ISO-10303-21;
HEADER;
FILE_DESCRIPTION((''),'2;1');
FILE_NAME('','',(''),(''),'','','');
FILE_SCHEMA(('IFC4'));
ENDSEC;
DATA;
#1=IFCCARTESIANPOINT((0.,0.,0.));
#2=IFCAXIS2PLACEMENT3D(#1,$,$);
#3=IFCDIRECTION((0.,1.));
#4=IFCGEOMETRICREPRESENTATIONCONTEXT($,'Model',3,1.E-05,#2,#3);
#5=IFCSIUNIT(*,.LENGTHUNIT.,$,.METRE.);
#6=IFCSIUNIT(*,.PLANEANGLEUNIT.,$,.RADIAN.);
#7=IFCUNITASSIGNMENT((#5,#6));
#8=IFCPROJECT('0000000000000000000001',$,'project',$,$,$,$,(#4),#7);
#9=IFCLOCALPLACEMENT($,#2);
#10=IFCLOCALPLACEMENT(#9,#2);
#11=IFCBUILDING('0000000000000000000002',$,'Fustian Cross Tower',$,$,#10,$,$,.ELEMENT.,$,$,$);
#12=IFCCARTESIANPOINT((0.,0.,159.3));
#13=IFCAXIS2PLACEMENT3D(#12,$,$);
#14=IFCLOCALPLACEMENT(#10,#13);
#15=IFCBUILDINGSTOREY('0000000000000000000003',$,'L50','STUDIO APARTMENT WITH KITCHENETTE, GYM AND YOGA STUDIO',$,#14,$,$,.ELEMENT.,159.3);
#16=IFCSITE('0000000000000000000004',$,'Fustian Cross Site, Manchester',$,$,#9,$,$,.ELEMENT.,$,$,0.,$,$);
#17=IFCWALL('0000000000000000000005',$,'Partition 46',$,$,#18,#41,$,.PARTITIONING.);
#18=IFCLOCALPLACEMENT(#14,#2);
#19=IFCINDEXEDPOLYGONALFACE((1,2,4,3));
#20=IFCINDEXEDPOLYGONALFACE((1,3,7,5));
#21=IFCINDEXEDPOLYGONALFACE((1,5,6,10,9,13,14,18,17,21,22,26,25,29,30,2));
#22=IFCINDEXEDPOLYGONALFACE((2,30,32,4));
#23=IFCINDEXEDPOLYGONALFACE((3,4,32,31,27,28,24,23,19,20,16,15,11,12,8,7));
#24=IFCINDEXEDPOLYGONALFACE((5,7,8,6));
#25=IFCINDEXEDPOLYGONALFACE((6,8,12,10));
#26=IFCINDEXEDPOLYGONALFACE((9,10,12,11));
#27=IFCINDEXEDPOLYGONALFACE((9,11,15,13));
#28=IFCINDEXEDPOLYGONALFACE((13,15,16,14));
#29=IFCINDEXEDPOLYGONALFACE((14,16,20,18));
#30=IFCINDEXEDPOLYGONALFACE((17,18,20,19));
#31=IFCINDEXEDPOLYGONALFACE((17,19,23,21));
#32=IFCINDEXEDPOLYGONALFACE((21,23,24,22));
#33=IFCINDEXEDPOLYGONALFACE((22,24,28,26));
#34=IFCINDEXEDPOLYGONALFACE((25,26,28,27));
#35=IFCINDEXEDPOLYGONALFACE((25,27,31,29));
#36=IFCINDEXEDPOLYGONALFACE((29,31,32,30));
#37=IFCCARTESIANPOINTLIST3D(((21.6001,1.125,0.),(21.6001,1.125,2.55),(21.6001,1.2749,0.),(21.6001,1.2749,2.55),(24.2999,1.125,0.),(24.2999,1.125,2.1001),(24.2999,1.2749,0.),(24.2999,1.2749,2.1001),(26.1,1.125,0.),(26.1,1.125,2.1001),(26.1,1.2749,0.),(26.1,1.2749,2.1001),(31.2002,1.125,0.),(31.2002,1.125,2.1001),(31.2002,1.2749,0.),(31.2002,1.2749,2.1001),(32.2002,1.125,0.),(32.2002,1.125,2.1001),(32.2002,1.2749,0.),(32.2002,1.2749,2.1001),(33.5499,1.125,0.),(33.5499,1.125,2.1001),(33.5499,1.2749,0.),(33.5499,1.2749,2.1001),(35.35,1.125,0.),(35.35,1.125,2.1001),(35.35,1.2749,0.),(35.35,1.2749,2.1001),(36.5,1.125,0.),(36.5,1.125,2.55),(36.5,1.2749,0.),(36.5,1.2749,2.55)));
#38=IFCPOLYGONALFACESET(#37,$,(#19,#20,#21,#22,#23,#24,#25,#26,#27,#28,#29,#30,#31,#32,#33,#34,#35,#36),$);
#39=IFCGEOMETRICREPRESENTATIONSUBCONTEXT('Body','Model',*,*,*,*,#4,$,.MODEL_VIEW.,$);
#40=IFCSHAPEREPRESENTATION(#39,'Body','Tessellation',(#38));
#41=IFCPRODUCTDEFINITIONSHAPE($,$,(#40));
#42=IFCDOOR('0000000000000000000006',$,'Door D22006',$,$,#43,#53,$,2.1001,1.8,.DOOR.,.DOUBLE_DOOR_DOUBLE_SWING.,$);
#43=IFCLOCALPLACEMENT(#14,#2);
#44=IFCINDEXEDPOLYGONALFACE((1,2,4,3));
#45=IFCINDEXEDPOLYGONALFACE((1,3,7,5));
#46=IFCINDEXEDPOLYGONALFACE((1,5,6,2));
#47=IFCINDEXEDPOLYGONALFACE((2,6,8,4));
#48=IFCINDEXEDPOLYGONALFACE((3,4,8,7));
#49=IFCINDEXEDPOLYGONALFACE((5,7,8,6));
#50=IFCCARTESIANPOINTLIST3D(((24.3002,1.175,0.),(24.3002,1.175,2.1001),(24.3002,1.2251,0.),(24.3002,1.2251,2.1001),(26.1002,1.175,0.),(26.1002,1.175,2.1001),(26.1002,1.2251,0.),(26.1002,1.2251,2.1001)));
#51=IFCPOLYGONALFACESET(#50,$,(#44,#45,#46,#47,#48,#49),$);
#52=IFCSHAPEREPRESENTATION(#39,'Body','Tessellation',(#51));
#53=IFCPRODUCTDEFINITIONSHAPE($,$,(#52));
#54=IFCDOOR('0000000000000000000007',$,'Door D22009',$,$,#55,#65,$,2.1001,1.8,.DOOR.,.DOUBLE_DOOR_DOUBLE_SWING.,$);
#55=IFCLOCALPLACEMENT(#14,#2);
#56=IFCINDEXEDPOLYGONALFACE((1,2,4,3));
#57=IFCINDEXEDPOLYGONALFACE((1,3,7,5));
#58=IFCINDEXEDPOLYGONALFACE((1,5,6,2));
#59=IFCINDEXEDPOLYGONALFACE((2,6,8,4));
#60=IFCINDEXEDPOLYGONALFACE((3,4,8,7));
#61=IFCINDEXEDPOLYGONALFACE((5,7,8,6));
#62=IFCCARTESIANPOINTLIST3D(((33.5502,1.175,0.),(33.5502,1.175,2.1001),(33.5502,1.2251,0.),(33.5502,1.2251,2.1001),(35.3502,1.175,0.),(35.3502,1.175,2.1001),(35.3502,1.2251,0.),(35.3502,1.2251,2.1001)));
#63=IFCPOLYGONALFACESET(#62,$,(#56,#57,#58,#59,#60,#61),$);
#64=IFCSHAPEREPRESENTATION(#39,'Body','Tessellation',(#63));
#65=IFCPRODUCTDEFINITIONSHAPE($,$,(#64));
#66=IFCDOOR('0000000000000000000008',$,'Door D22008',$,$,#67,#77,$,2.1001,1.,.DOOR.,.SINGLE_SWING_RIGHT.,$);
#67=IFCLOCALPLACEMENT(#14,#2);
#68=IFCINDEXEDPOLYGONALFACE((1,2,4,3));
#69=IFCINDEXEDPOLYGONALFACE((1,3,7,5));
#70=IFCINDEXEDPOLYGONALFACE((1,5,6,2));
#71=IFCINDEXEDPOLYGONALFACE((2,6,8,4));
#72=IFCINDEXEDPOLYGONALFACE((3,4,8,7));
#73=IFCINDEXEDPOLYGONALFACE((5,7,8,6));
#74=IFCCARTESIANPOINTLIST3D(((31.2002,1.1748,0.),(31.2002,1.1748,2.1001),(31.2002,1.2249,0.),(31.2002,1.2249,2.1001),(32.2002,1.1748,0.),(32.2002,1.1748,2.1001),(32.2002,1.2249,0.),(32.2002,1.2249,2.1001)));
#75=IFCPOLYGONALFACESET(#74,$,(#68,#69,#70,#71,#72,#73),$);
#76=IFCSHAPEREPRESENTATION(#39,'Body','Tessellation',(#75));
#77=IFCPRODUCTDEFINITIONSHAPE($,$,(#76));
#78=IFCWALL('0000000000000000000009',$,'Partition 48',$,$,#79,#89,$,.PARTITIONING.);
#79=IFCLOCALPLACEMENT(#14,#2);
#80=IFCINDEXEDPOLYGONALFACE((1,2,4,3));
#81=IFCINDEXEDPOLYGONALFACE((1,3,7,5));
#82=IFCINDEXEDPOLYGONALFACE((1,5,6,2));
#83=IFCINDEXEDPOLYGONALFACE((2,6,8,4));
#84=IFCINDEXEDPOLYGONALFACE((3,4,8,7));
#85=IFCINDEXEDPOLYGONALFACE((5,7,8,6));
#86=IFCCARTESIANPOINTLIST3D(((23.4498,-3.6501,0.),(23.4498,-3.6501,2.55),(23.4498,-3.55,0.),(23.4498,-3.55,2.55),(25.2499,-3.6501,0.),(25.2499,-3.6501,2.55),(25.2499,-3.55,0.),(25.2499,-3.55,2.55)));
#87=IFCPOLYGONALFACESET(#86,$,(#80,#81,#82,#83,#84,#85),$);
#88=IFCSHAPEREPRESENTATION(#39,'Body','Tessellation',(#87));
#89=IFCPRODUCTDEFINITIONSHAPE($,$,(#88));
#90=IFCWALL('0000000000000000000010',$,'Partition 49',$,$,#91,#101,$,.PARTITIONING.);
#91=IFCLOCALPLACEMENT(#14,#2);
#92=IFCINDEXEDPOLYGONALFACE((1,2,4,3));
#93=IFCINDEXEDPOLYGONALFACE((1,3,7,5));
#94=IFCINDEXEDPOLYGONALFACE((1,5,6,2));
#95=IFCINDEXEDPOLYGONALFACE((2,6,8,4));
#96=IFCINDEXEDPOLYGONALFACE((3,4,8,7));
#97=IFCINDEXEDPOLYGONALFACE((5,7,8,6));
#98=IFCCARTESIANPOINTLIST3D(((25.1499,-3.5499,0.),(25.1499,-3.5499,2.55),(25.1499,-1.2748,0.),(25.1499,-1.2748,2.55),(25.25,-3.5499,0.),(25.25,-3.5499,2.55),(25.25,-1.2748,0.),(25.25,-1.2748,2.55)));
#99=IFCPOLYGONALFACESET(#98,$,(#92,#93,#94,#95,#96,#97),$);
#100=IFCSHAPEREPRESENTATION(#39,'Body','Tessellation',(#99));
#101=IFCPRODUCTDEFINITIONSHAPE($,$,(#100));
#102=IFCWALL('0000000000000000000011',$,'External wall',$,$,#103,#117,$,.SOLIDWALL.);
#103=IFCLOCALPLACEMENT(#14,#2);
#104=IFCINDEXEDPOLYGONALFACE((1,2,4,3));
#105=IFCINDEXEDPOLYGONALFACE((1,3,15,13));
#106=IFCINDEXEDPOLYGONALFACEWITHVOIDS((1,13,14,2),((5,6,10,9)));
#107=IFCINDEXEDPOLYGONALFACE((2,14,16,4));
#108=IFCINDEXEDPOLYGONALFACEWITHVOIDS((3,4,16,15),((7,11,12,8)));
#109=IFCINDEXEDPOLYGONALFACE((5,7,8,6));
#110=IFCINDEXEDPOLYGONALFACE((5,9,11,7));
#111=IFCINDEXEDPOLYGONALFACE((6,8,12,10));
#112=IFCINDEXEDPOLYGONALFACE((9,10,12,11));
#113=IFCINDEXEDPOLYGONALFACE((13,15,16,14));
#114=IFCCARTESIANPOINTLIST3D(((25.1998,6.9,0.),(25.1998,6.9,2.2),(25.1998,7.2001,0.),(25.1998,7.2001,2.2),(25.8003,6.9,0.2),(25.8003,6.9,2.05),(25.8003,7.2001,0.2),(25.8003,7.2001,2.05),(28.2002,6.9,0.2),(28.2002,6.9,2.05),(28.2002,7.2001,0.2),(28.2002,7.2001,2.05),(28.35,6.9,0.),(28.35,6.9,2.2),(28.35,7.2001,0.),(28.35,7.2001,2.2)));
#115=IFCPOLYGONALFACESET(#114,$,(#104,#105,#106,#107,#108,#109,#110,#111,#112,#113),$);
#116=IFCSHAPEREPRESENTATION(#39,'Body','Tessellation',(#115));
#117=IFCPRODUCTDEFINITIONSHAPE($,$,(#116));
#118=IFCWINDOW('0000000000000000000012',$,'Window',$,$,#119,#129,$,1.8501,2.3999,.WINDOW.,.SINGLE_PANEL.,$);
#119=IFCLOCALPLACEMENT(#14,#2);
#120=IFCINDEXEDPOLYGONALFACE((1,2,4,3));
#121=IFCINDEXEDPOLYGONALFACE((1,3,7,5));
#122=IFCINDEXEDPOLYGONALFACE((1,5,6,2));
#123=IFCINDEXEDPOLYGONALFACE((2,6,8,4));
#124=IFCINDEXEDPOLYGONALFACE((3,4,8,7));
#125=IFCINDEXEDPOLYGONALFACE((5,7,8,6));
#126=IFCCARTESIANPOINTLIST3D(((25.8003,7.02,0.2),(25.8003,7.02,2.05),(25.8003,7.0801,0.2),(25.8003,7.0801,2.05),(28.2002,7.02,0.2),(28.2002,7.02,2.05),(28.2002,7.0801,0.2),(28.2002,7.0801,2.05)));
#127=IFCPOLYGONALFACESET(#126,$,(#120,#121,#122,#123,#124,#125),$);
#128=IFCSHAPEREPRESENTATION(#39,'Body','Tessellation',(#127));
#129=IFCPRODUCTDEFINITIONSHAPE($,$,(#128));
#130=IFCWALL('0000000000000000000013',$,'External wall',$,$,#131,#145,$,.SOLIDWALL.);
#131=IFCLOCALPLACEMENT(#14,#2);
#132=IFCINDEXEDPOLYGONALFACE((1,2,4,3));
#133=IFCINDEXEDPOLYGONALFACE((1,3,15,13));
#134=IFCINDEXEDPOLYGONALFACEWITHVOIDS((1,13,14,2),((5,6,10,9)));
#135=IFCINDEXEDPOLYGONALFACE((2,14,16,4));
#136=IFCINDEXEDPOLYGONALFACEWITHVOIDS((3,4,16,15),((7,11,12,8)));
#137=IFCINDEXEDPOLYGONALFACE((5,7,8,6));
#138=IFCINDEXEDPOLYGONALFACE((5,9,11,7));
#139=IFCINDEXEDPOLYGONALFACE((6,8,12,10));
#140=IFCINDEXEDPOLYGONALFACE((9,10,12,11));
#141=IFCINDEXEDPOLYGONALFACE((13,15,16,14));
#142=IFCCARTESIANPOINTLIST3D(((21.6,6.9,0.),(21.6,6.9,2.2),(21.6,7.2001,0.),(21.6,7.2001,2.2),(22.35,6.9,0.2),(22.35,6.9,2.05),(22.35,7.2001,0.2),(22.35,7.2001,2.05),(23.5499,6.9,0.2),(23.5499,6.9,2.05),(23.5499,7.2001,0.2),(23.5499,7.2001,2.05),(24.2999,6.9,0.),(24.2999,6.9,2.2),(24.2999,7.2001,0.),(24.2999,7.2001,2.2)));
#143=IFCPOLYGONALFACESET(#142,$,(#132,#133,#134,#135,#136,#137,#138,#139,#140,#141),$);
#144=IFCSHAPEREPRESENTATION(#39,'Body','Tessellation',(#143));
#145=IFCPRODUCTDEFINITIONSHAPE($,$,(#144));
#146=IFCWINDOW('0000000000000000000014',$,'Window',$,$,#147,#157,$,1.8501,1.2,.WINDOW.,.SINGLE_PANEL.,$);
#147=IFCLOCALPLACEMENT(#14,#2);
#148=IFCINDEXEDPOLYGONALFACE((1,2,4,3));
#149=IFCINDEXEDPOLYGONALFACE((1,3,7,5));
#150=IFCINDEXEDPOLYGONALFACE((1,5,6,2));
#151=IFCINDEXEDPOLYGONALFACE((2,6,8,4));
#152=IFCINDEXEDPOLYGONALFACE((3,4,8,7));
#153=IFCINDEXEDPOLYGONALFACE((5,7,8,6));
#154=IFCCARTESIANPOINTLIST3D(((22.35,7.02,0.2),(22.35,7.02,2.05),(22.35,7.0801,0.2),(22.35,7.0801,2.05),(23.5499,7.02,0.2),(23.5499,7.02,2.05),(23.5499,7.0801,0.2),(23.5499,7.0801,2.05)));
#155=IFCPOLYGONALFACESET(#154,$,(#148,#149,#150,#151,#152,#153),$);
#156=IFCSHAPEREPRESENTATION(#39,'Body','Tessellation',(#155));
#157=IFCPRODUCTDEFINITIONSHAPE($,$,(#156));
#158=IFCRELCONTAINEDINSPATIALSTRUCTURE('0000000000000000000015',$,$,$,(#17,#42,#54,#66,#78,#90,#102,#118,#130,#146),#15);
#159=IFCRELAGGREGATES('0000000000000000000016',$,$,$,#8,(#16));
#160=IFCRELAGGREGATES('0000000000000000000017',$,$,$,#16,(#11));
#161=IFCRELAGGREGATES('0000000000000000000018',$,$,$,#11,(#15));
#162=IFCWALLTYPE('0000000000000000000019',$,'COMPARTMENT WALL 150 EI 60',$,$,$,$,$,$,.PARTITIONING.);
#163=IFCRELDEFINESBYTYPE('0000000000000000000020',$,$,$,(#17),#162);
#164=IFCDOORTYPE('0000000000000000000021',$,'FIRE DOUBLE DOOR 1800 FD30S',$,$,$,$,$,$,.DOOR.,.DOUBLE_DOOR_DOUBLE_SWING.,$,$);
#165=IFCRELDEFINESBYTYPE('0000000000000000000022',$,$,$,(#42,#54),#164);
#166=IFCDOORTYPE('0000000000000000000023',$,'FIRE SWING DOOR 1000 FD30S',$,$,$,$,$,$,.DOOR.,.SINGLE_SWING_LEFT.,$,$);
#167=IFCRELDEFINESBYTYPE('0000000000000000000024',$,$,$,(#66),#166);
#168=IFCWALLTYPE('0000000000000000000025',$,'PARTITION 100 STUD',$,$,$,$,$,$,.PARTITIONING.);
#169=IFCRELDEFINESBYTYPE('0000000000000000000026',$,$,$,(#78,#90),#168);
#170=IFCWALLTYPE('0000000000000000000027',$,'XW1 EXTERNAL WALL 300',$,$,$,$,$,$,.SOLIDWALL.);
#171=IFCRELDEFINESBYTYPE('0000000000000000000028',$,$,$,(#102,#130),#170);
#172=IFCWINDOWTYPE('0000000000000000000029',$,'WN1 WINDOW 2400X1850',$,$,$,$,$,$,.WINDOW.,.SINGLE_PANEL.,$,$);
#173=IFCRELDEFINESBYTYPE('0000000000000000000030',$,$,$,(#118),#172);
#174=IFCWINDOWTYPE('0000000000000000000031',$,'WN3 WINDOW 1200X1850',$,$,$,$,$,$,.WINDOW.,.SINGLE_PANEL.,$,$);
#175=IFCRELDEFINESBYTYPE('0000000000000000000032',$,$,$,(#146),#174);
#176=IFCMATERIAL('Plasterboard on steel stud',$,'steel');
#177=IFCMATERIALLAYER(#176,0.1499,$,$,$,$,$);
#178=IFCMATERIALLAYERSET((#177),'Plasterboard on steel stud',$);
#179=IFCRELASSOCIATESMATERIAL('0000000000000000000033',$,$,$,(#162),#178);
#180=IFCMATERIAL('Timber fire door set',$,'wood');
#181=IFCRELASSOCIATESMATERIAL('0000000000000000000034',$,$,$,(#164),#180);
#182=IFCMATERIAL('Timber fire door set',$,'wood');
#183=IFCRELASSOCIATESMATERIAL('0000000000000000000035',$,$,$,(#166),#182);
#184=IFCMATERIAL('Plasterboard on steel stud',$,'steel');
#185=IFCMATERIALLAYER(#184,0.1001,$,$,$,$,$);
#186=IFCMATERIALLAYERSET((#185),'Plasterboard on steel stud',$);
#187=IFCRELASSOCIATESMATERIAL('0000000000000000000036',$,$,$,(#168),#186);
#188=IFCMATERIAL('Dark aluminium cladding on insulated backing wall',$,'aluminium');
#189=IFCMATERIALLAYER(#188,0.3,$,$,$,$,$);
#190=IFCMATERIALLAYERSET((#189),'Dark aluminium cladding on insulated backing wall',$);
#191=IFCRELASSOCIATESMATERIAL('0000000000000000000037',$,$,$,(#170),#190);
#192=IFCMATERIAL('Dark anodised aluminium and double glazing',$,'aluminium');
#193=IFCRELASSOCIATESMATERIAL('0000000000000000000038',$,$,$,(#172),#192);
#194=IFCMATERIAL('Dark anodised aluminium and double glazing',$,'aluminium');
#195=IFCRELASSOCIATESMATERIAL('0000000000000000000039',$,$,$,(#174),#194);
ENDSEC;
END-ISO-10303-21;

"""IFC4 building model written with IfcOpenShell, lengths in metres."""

from ifc_helpers import new_model, si_unit, direction, frame, frame_2d, origin, place, context, subcontext, project, spatial, rectangle, extrude, material, layer, layer_set, type_object, element, fill, save


model = new_model("IFC4")

# Units and contexts
model_context = context("Model", 3, precision=1e-05, world=origin(), true_north=direction((0.0, 1.0)))
body_context = subcontext(model_context, "Body", "Model", "MODEL_VIEW")
ifc_project = project(units=[si_unit("LENGTHUNIT", "METRE"), si_unit("PLANEANGLEUNIT", "RADIAN")], contexts=[model_context])

# Site, building, storey
site_placement = place(None, origin())
site = spatial("IfcSite", under=ifc_project, at=site_placement, Name="Fustian Cross Site, Manchester", CompositionType="ELEMENT", RefElevation=0.0)
building_placement = place(site_placement, origin())
building = spatial("IfcBuilding", under=site, at=building_placement, Name="Fustian Cross Tower", CompositionType="ELEMENT")
storey_placement = place(building_placement, frame((0.0, 0.0, 159.3)))
storey = spatial("IfcBuildingStorey", under=building, at=storey_placement, Name="L50", Description="STUDIO APARTMENT WITH KITCHENETTE, GYM AND YOGA STUDIO", CompositionType="ELEMENT", Elevation=159.3)

# Wall, openings, doors
ifc_material_1 = material(Name="Plasterboard on steel stud", Category="steel")
ifc_layer_1 = layer(ifc_material_1, 0.1499)
ifc_layer_set_1 = layer_set([ifc_layer_1], Name="Plasterboard on steel stud")
wall_type_1 = type_object("IfcWallType", Name="COMPARTMENT WALL 150 EI 60", PredefinedType="PARTITIONING", material=ifc_layer_set_1)
ifc_material_2 = material(Name="Timber fire door set", Category="wood")
door_type_1 = type_object("IfcDoorType", Name="FIRE DOUBLE DOOR 1800 FD30S", OperationType="DOUBLE_DOOR_DOUBLE_SWING", PredefinedType="DOOR", material=ifc_material_2)
ifc_material_3 = material(Name="Timber fire door set", Category="wood")
door_type_2 = type_object("IfcDoorType", Name="FIRE SWING DOOR 1000 FD30S", OperationType="SINGLE_SWING_LEFT", PredefinedType="DOOR", material=ifc_material_3)
wall_1_placement = place(storey_placement, frame((21.6001, 1.2, 0.0), z_axis=(0.0, 0.0, 1.0), x_axis=(1.0, 0.0, 0.0)))
wall_1 = element("IfcWall", 1, at=wall_1_placement, inside=storey, type_object=wall_type_1, Name="Partition 46", PredefinedType="PARTITIONING", context=body_context, shape_type="SweptSolid", body=[
    extrude(rectangle(XDim=14.8999, YDim=0.1499, at=frame_2d((7.45, 0.0))), origin(), (0.0, 0.0, 1.0), 2.55),
])
opening_1_placement = place(wall_1_placement, frame((2.7, 0.0, 0.0)))
opening_1 = element("IfcOpeningElement", 2, at=opening_1_placement, cuts=wall_1, PredefinedType="OPENING", context=body_context, shape_type="SweptSolid", body=[
    extrude(rectangle(XDim=1.8, YDim=2.1001, at=frame_2d((0.8999, 1.05))), frame((0.0, 0.085, 0.0), z_axis=(0.0, -1.0, 0.0), x_axis=(1.0, 0.0, 0.0)), (0.0, 0.0, 1.0), 0.1699),
])
opening_2_placement = place(wall_1_placement, frame((9.6001, 0.0, 0.0)))
opening_2 = element("IfcOpeningElement", 3, at=opening_2_placement, cuts=wall_1, PredefinedType="OPENING", context=body_context, shape_type="SweptSolid", body=[
    extrude(rectangle(XDim=1.0, YDim=2.1001, at=frame_2d((0.5, 1.05))), frame((0.0, 0.085, 0.0), z_axis=(0.0, -1.0, 0.0), x_axis=(1.0, 0.0, 0.0)), (0.0, 0.0, 1.0), 0.1699),
])
opening_3_placement = place(wall_1_placement, frame((11.95, 0.0, 0.0)))
opening_3 = element("IfcOpeningElement", 4, at=opening_3_placement, cuts=wall_1, PredefinedType="OPENING", context=body_context, shape_type="SweptSolid", body=[
    extrude(rectangle(XDim=1.8, YDim=2.1001, at=frame_2d((0.8999, 1.05))), frame((0.0, 0.085, 0.0), z_axis=(0.0, -1.0, 0.0), x_axis=(1.0, 0.0, 0.0)), (0.0, 0.0, 1.0), 0.1699),
])
door_1_placement = place(opening_1_placement, frame((1.8, 0.0, 0.0), z_axis=(0.0, 0.0, 1.0), x_axis=(-1.0, 0.0, 0.0)))
door_1 = element("IfcDoor", 5, at=door_1_placement, inside=storey, type_object=door_type_1, Name="Door D22006", OperationType="DOUBLE_DOOR_DOUBLE_SWING", OverallHeight=2.1001, OverallWidth=1.8, PredefinedType="DOOR", context=body_context, shape_type="SweptSolid", body=[
    extrude(rectangle(XDim=1.8, YDim=2.1001, at=frame_2d((0.8999, 1.05))), frame((0.0, 0.0249, 0.0), z_axis=(0.0, -1.0, 0.0), x_axis=(1.0, 0.0, 0.0)), (0.0, 0.0, 1.0), 0.05),
])
fill(opening_1, door_1)
door_2_placement = place(opening_3_placement, frame((1.8, 0.0, 0.0), z_axis=(0.0, 0.0, 1.0), x_axis=(-1.0, 0.0, 0.0)))
door_2 = element("IfcDoor", 6, at=door_2_placement, inside=storey, type_object=door_type_1, Name="Door D22009", OperationType="DOUBLE_DOOR_DOUBLE_SWING", OverallHeight=2.1001, OverallWidth=1.8, PredefinedType="DOOR", context=body_context, shape_type="SweptSolid", body=[
    extrude(rectangle(XDim=1.8, YDim=2.1001, at=frame_2d((0.8999, 1.05))), frame((0.0, 0.0249, 0.0), z_axis=(0.0, -1.0, 0.0), x_axis=(1.0, 0.0, 0.0)), (0.0, 0.0, 1.0), 0.05),
])
fill(opening_3, door_2)
door_3_placement = place(opening_2_placement, origin())
door_3 = element("IfcDoor", 7, at=door_3_placement, inside=storey, type_object=door_type_2, Name="Door D22008", OperationType="SINGLE_SWING_RIGHT", OverallHeight=2.1001, OverallWidth=1.0, PredefinedType="DOOR", context=body_context, shape_type="SweptSolid", body=[
    extrude(rectangle(XDim=1.0, YDim=2.1001, at=frame_2d((0.5, 1.05))), frame((0.0, 0.0249, 0.0), z_axis=(0.0, -1.0, 0.0), x_axis=(1.0, 0.0, 0.0)), (0.0, 0.0, 1.0), 0.05),
])
fill(opening_2, door_3)

# Walls
ifc_material_4 = material(Name="Plasterboard on steel stud", Category="steel")
ifc_layer_2 = layer(ifc_material_4, 0.1001)
ifc_layer_set_2 = layer_set([ifc_layer_2], Name="Plasterboard on steel stud")
wall_type_2 = type_object("IfcWallType", Name="PARTITION 100 STUD", PredefinedType="PARTITIONING", material=ifc_layer_set_2)
wall_2_placement = place(storey_placement, frame((23.45, -3.6001, 0.0), z_axis=(0.0, 0.0, 1.0), x_axis=(1.0, 0.0, 0.0)))
element("IfcWall", 8, at=wall_2_placement, inside=storey, type_object=wall_type_2, Name="Partition 48", PredefinedType="PARTITIONING", context=body_context, shape_type="SweptSolid", body=[
    extrude(rectangle(XDim=1.8, YDim=0.1001, at=frame_2d((0.8999, 0.0))), origin(), (0.0, 0.0, 1.0), 2.55),
])
wall_3_placement = place(storey_placement, frame((25.2, -3.55, 0.0), z_axis=(0.0, 0.0, 1.0), x_axis=(0.0, 1.0, 0.0)))
element("IfcWall", 9, at=wall_3_placement, inside=storey, type_object=wall_type_2, Name="Partition 49", PredefinedType="PARTITIONING", context=body_context, shape_type="SweptSolid", body=[
    extrude(rectangle(XDim=2.2751, YDim=0.1001, at=frame_2d((1.1377, 0.0))), origin(), (0.0, 0.0, 1.0), 2.55),
])

# Walls, openings, windows
ifc_material_5 = material(Name="Dark aluminium cladding on insulated backing wall", Category="aluminium")
ifc_layer_3 = layer(ifc_material_5, 0.3)
ifc_layer_set_3 = layer_set([ifc_layer_3], Name="Dark aluminium cladding on insulated backing wall")
wall_type_3 = type_object("IfcWallType", Name="XW1 EXTERNAL WALL 300", PredefinedType="SOLIDWALL", material=ifc_layer_set_3)
wall_4_placement = place(storey_placement, frame((28.3501, 7.05, 0.0), z_axis=(0.0, 0.0, 1.0), x_axis=(-1.0, 0.0, 0.0)))
wall_4 = element("IfcWall", 10, at=wall_4_placement, inside=storey, type_object=wall_type_3, Name="External wall", PredefinedType="SOLIDWALL", context=body_context, shape_type="SweptSolid", body=[
    extrude(rectangle(XDim=3.1501, YDim=0.3, at=frame_2d((1.5752, 0.0))), origin(), (0.0, 0.0, 1.0), 2.2),
])
opening_4_placement = place(wall_4_placement, frame((0.1499, 0.0, 0.2)))
opening_4 = element("IfcOpeningElement", 11, at=opening_4_placement, cuts=wall_4, PredefinedType="OPENING", context=body_context, shape_type="SweptSolid", body=[
    extrude(rectangle(XDim=2.3999, YDim=1.8501, at=frame_2d((1.2, 0.925))), frame((0.0, 0.1599, 0.0), z_axis=(0.0, -1.0, 0.0), x_axis=(1.0, 0.0, 0.0)), (0.0, 0.0, 1.0), 0.3201),
])
ifc_material_6 = material(Name="Dark anodised aluminium and double glazing", Category="aluminium")
window_type_1 = type_object("IfcWindowType", Name="WN1 WINDOW 2400X1850", PartitioningType="SINGLE_PANEL", PredefinedType="WINDOW", material=ifc_material_6)
window_1_placement = place(opening_4_placement, origin())
window_1 = element("IfcWindow", 12, at=window_1_placement, inside=storey, type_object=window_type_1, Name="Window", OverallHeight=1.8501, OverallWidth=2.3999, PartitioningType="SINGLE_PANEL", PredefinedType="WINDOW", context=body_context, shape_type="SweptSolid", body=[
    extrude(rectangle(XDim=2.3999, YDim=1.8501, at=frame_2d((1.2, 0.925))), frame((0.0, 0.03, 0.0), z_axis=(0.0, -1.0, 0.0), x_axis=(1.0, 0.0, 0.0)), (0.0, 0.0, 1.0), 0.0601),
])
fill(opening_4, window_1)
wall_5_placement = place(storey_placement, frame((24.3, 7.05, 0.0), z_axis=(0.0, 0.0, 1.0), x_axis=(-1.0, 0.0, 0.0)))
wall_5 = element("IfcWall", 13, at=wall_5_placement, inside=storey, type_object=wall_type_3, Name="External wall", PredefinedType="SOLIDWALL", context=body_context, shape_type="SweptSolid", body=[
    extrude(rectangle(XDim=2.7, YDim=0.3, at=frame_2d((1.3501, 0.0))), origin(), (0.0, 0.0, 1.0), 2.2),
])
opening_5_placement = place(wall_5_placement, frame((0.75, 0.0, 0.2)))
opening_5 = element("IfcOpeningElement", 14, at=opening_5_placement, cuts=wall_5, PredefinedType="OPENING", context=body_context, shape_type="SweptSolid", body=[
    extrude(rectangle(XDim=1.2, YDim=1.8501, at=frame_2d((0.6001, 0.925))), frame((0.0, 0.1599, 0.0), z_axis=(0.0, -1.0, 0.0), x_axis=(1.0, 0.0, 0.0)), (0.0, 0.0, 1.0), 0.3201),
])
ifc_material_7 = material(Name="Dark anodised aluminium and double glazing", Category="aluminium")
window_type_2 = type_object("IfcWindowType", Name="WN3 WINDOW 1200X1850", PartitioningType="SINGLE_PANEL", PredefinedType="WINDOW", material=ifc_material_7)
window_2_placement = place(opening_5_placement, origin())
window_2 = element("IfcWindow", 15, at=window_2_placement, inside=storey, type_object=window_type_2, Name="Window", OverallHeight=1.8501, OverallWidth=1.2, PartitioningType="SINGLE_PANEL", PredefinedType="WINDOW", context=body_context, shape_type="SweptSolid", body=[
    extrude(rectangle(XDim=1.2, YDim=1.8501, at=frame_2d((0.6001, 0.925))), frame((0.0, 0.03, 0.0), z_axis=(0.0, -1.0, 0.0), x_axis=(1.0, 0.0, 0.0)), (0.0, 0.0, 1.0), 0.0601),
])
fill(opening_5, window_2)

save(model, "model.ifc")
